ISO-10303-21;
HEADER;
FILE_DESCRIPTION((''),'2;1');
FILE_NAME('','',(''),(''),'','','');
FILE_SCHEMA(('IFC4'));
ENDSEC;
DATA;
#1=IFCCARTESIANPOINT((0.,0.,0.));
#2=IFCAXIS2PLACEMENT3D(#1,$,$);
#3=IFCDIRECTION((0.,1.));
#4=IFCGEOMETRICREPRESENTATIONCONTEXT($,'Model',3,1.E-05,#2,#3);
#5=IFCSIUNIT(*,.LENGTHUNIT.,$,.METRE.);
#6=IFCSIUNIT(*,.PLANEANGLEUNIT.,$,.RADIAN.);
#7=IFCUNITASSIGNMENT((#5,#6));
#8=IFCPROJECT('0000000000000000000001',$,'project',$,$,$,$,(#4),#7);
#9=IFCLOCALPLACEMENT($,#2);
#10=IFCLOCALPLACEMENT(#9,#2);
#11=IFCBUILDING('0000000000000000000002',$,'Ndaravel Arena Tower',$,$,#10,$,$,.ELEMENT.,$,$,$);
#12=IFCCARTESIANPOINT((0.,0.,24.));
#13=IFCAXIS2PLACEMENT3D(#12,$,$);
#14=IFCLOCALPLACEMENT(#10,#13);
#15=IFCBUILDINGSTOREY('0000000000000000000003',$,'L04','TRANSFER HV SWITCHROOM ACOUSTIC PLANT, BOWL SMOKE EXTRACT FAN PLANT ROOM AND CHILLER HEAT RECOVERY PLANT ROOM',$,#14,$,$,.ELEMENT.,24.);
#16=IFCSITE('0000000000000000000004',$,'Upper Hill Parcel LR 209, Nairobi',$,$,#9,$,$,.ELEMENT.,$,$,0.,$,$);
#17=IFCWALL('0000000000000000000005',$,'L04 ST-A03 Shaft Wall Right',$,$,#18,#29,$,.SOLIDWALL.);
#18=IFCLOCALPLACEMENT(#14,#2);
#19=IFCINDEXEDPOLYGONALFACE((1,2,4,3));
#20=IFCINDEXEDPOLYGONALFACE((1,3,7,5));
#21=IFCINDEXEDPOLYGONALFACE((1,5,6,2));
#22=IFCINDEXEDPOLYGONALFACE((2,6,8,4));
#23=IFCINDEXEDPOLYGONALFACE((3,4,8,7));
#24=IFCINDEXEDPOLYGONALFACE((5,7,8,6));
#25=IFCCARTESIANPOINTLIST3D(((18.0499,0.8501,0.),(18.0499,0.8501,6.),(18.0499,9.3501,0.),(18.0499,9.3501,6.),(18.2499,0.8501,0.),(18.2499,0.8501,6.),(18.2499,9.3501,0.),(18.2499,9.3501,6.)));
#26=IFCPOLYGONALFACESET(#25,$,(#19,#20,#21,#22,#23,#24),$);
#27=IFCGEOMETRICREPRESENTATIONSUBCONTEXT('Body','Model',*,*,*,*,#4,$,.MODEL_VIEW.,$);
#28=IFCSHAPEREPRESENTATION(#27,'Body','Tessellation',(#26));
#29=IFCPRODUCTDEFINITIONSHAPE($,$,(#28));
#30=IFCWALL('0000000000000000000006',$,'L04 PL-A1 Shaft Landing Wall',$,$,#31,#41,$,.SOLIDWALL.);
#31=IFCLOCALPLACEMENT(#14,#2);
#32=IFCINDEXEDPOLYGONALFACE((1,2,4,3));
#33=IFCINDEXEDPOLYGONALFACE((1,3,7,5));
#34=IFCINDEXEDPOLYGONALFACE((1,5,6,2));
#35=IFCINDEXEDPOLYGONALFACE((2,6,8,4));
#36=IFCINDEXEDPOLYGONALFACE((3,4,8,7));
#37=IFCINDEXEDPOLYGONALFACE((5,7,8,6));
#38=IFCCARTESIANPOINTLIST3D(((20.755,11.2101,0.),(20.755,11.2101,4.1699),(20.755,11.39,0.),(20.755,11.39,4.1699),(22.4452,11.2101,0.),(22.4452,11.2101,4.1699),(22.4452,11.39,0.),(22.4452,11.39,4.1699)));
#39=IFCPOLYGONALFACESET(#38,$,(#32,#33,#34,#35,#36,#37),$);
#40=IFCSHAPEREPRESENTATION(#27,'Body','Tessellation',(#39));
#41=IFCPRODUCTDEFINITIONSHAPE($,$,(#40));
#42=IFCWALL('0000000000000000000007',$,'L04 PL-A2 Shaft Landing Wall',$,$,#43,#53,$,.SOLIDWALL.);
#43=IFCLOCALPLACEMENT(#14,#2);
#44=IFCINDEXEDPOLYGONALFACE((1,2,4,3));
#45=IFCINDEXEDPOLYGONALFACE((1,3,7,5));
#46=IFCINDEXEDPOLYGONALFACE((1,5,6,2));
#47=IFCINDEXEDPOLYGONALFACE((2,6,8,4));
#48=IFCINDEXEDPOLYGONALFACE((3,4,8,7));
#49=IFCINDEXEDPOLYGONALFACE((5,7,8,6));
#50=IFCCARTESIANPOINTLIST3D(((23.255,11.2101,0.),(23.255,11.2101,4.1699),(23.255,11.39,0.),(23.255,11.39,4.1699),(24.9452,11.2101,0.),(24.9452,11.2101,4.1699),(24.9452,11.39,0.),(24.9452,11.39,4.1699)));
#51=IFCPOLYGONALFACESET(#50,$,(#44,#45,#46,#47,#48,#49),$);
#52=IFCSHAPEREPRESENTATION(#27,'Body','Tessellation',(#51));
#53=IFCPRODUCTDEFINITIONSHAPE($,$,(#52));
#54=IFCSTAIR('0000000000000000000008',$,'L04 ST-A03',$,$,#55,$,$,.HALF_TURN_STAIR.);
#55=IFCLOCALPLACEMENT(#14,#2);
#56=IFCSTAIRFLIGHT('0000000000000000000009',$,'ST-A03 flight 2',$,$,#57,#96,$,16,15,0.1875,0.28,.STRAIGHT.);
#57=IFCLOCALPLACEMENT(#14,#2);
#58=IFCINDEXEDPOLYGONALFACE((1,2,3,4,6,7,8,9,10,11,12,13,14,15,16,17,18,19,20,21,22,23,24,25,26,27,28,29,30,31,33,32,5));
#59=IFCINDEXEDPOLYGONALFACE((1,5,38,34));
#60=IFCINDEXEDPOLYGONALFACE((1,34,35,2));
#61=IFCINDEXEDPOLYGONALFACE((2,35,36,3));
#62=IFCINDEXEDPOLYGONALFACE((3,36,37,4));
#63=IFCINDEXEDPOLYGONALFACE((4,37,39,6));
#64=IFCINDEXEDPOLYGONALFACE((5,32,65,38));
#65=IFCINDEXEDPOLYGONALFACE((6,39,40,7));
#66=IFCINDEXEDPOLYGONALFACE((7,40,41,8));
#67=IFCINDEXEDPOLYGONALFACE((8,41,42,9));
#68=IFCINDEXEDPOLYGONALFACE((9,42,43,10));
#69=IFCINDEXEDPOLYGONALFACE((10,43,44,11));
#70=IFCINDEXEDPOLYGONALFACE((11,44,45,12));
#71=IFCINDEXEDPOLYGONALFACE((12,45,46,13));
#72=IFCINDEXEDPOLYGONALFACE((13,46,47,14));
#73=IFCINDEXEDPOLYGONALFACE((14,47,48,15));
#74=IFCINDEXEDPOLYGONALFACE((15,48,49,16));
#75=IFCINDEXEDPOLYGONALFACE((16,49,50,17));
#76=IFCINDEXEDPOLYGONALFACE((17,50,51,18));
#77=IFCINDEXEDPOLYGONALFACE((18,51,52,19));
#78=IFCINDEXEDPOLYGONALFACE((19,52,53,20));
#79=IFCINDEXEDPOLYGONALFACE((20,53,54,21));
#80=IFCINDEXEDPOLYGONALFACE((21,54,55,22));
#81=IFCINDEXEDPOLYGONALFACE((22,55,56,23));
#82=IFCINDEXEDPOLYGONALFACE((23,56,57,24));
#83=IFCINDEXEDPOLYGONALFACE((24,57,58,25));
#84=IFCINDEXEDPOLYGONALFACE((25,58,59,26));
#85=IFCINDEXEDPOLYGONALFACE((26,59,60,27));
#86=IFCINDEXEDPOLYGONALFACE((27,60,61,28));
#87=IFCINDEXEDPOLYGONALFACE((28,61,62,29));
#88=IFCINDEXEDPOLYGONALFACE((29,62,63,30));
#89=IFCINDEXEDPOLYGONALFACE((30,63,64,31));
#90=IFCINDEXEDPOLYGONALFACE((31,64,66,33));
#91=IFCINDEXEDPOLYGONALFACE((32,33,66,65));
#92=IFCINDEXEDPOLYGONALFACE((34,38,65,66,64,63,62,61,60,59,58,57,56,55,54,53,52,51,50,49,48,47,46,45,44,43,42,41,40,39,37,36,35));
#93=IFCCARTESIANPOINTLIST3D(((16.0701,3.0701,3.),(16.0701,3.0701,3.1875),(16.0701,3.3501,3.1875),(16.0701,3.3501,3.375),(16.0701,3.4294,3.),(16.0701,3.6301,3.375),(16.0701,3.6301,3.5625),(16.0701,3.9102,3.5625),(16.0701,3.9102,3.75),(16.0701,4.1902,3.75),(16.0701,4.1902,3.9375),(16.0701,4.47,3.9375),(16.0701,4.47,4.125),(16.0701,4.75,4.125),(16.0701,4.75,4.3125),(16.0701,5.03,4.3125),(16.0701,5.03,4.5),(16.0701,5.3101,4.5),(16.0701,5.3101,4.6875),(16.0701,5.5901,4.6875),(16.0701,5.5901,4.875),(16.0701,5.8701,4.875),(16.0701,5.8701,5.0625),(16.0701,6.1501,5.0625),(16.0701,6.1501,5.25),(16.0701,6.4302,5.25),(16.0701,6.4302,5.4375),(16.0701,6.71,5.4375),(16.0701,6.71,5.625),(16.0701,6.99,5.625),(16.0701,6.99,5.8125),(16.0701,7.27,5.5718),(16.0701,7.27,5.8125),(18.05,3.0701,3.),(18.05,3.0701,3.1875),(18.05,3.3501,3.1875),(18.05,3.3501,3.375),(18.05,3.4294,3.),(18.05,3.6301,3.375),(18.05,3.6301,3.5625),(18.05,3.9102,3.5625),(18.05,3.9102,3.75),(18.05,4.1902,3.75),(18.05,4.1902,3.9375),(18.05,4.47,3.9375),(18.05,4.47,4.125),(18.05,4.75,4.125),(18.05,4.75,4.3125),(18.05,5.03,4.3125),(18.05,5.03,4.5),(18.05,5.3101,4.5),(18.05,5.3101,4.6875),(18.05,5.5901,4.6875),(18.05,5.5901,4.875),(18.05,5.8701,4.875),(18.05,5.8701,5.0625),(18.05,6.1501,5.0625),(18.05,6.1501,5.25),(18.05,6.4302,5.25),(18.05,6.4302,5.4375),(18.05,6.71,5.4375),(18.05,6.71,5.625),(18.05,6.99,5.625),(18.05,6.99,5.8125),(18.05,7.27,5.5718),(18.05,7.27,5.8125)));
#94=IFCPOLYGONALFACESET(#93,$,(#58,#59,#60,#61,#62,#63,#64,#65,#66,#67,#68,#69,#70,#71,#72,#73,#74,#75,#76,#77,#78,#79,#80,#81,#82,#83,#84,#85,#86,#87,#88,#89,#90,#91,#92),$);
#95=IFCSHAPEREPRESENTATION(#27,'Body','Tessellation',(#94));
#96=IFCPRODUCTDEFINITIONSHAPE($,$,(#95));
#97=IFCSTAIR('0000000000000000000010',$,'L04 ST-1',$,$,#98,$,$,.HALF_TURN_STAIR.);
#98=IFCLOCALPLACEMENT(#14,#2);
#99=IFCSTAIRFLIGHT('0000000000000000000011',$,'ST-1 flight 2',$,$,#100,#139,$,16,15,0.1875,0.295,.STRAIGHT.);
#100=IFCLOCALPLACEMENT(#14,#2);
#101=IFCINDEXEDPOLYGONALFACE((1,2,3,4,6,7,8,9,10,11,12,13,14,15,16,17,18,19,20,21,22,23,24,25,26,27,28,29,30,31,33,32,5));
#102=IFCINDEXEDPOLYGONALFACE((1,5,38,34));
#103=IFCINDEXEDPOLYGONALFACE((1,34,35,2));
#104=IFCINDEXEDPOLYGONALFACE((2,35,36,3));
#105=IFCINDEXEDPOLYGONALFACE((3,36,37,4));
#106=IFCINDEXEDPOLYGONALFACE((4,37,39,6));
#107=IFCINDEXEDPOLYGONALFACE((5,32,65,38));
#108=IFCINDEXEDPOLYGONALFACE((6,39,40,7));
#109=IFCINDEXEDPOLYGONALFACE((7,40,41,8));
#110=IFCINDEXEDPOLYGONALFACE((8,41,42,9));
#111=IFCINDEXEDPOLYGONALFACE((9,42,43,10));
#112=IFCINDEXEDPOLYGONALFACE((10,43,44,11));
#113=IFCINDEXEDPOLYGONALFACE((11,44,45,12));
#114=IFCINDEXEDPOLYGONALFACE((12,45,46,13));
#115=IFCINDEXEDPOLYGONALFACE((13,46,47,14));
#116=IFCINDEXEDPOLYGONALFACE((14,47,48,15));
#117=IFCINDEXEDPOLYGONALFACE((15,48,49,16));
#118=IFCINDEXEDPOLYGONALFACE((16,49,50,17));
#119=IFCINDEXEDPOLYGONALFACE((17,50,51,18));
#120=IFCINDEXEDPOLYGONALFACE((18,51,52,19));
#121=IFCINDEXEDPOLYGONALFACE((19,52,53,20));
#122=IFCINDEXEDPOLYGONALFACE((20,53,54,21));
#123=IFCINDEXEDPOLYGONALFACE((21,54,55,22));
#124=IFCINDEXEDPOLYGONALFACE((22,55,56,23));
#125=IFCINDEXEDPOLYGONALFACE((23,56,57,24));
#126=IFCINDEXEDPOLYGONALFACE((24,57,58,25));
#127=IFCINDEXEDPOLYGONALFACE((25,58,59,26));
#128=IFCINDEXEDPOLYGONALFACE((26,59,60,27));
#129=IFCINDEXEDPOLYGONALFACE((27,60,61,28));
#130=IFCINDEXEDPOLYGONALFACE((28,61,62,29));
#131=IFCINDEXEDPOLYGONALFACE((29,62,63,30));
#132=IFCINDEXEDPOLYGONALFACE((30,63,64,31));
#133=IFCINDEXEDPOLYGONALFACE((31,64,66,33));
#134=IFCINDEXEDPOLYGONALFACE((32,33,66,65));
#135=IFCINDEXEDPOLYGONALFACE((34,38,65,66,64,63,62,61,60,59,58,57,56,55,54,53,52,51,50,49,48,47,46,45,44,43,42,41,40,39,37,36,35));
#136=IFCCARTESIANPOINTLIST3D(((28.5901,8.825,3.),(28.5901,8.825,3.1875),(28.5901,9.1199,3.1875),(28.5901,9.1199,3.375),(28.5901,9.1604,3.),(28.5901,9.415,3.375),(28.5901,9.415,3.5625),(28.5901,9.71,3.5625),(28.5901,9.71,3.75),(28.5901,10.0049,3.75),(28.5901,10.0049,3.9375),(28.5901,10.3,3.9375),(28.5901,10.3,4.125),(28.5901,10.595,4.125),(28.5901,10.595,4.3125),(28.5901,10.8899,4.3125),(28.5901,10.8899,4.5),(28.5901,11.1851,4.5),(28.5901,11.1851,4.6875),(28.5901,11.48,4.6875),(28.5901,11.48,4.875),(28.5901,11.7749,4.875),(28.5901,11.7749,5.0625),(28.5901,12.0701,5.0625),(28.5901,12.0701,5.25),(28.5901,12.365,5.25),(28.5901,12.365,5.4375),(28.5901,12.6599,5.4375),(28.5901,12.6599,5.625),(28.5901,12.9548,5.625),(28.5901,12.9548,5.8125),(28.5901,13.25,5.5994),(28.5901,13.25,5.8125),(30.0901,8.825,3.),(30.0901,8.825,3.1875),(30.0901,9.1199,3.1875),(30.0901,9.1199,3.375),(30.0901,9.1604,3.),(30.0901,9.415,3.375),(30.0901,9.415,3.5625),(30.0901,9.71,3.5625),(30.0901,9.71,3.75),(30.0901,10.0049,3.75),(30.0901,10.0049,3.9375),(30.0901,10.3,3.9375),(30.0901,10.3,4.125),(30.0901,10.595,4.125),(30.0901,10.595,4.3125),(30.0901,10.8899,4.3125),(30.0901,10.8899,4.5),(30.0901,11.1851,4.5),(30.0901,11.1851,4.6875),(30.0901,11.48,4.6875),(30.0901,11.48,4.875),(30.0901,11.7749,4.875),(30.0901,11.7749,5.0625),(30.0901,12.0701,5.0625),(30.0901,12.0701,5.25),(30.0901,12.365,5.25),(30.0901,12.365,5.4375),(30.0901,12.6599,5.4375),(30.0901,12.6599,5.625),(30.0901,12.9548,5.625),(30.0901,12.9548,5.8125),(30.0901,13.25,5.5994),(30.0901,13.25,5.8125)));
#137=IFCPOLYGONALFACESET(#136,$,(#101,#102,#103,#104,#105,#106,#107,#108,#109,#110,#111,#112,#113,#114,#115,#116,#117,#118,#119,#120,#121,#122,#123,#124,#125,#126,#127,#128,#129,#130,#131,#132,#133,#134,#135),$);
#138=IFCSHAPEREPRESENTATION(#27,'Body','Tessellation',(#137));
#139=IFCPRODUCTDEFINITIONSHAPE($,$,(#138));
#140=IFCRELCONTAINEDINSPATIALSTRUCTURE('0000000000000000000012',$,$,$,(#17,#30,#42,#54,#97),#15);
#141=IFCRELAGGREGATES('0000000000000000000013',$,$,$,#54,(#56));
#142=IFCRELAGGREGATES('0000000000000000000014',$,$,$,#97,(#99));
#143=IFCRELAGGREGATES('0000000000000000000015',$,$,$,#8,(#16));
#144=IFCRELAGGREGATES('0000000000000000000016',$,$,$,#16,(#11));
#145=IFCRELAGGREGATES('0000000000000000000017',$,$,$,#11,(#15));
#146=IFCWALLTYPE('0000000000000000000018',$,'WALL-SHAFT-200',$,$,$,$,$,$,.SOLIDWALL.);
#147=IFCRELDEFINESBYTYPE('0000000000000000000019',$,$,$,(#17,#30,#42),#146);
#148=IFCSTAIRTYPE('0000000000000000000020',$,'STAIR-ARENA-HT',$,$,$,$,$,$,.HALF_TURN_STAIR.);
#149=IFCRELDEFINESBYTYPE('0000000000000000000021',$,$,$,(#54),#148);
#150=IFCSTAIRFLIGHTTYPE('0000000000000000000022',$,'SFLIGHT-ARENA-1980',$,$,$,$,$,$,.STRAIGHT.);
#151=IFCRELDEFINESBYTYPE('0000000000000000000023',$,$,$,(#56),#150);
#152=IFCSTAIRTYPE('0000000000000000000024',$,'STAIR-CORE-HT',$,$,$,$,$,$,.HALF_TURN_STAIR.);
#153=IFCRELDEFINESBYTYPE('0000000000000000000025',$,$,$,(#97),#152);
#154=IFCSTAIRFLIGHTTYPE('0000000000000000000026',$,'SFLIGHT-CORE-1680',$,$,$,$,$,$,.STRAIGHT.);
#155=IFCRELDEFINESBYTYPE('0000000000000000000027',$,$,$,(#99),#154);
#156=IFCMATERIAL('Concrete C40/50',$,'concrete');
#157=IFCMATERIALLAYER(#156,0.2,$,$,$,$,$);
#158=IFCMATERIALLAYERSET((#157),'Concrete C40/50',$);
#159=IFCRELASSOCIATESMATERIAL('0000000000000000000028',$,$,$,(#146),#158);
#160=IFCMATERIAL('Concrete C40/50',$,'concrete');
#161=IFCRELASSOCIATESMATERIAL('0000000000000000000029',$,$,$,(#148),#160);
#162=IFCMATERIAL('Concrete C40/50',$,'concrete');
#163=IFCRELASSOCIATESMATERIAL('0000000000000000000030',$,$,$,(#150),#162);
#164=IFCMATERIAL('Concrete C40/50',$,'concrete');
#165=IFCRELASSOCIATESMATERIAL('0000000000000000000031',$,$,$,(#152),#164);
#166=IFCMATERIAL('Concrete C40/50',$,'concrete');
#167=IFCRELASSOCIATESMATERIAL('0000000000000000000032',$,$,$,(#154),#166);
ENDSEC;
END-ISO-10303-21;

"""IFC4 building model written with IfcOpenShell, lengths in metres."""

from ifc_helpers import new_model, si_unit, direction, frame, frame_2d, origin, place, context, subcontext, project, spatial, polyline, rectangle, outline, extrude, material, layer, layer_set, type_object, element, aggregate, save


model = new_model("IFC4")

# Units and contexts
model_context = context("Model", 3, precision=1e-05, world=origin(), true_north=direction((0.0, 1.0)))
body_context = subcontext(model_context, "Body", "Model", "MODEL_VIEW")
ifc_project = project(units=[si_unit("LENGTHUNIT", "METRE"), si_unit("PLANEANGLEUNIT", "RADIAN")], contexts=[model_context])

# Site, building, storey
site_placement = place(None, origin())
site = spatial("IfcSite", under=ifc_project, at=site_placement, Name="Upper Hill Parcel LR 209, Nairobi", CompositionType="ELEMENT", RefElevation=0.0)
building_placement = place(site_placement, origin())
building = spatial("IfcBuilding", under=site, at=building_placement, Name="Ndaravel Arena Tower", CompositionType="ELEMENT")
storey_placement = place(building_placement, frame((0.0, 0.0, 24.0)))
storey = spatial("IfcBuildingStorey", under=building, at=storey_placement, Name="L04", Description="TRANSFER HV SWITCHROOM ACOUSTIC PLANT, BOWL SMOKE EXTRACT FAN PLANT ROOM AND CHILLER HEAT RECOVERY PLANT ROOM", CompositionType="ELEMENT", Elevation=24.0)

# Walls
ifc_material_1 = material(Name="Concrete C40/50", Category="concrete")
ifc_layer_1 = layer(ifc_material_1, 0.2)
ifc_layer_set_1 = layer_set([ifc_layer_1], Name="Concrete C40/50")
wall_type_1 = type_object("IfcWallType", Name="WALL-SHAFT-200", PredefinedType="SOLIDWALL", material=ifc_layer_set_1)
wall_1_placement = place(storey_placement, frame((18.1499, 9.3501, 0.0), z_axis=(0.0, 0.0, 1.0), x_axis=(0.0, -1.0, 0.0)))
element("IfcWall", 1, at=wall_1_placement, inside=storey, type_object=wall_type_1, Name="L04 ST-A03 Shaft Wall Right", PredefinedType="SOLIDWALL", context=body_context, shape_type="SweptSolid", body=[
    extrude(rectangle(XDim=8.5, YDim=0.2, at=frame_2d((4.25, 0.0))), origin(), (0.0, 0.0, 1.0), 6.0),
])
for number, where, z_axis, x_axis, name in (
    (2, (20.7549, 11.3, 0.0), (0.0, 0.0, 1.0), (1.0, 0.0, 0.0), "L04 PL-A1 Shaft Landing Wall"),
    (3, (23.2549, 11.3, 0.0), (0.0, 0.0, 1.0), (1.0, 0.0, 0.0), "L04 PL-A2 Shaft Landing Wall"),
):
    element("IfcWall", number, at=place(storey_placement, frame(where, z_axis=z_axis, x_axis=x_axis)), inside=storey, type_object=wall_type_1, Name=name, PredefinedType="SOLIDWALL", context=body_context, shape_type="SweptSolid", body=[
        extrude(rectangle(XDim=1.6902, YDim=0.1799, at=frame_2d((0.8452, 0.0))), origin(), (0.0, 0.0, 1.0), 4.1699),
    ])

# Stairs, stair flights
ifc_material_2 = material(Name="Concrete C40/50", Category="concrete")
stair_type_1 = type_object("IfcStairType", Name="STAIR-ARENA-HT", PredefinedType="HALF_TURN_STAIR", material=ifc_material_2)
stair_1_placement = place(storey_placement, origin())
stair_1 = element("IfcStair", 4, at=stair_1_placement, inside=storey, type_object=stair_type_1, Name="L04 ST-A03", PredefinedType="HALF_TURN_STAIR")
ifc_material_3 = material(Name="Concrete C40/50", Category="concrete")
stair_flight_type_1 = type_object("IfcStairFlightType", Name="SFLIGHT-ARENA-1980", PredefinedType="STRAIGHT", material=ifc_material_3)
stair_flight_1_placement = place(storey_placement, frame((17.0601, 3.0701, 3.0), z_axis=(0.0, 0.0, 1.0), x_axis=(0.0, 1.0, 0.0)))
stair_flight_1 = element("IfcStairFlight", 5, at=stair_flight_1_placement, type_object=stair_flight_type_1, Name="ST-A03 flight 2", NumberOfRisers=16, NumberOfTreads=15, PredefinedType="STRAIGHT", RiserHeight=0.1875, TreadLength=0.28, context=body_context, shape_type="SweptSolid", body=[
    extrude(outline(polyline([(0.0, 0.0), (0.0, 0.1875), (0.28, 0.1875), (0.28, 0.375), (0.5601, 0.375), (0.5601, 0.5625), (0.8401, 0.5625), (0.8401, 0.75), (1.1201, 0.75), (1.1201, 0.9375), (1.3999, 0.9375), (1.3999, 1.125), (1.6799, 1.125), (1.6799, 1.3125), (1.96, 1.3125), (1.96, 1.5), (2.24, 1.5), (2.24, 1.6875), (2.52, 1.6875), (2.52, 1.875), (2.8, 1.875), (2.8, 2.0625), (3.0801, 2.0625), (3.0801, 2.25), (3.3601, 2.25), (3.3601, 2.4375), (3.6399, 2.4375), (3.6399, 2.625), (3.9199, 2.625), (3.9199, 2.8125), (4.2, 2.8125), (4.2, 3.0), (4.2, 2.5718), (0.3594, 0.0), (0.0, 0.0)])), frame((0.0, 0.99, 0.0), z_axis=(0.0, -1.0, 0.0), x_axis=(1.0, 0.0, 0.0)), (0.0, 0.0, 1.0), 1.98),
])
aggregate(stair_1, [stair_flight_1])
ifc_material_4 = material(Name="Concrete C40/50", Category="concrete")
stair_type_2 = type_object("IfcStairType", Name="STAIR-CORE-HT", PredefinedType="HALF_TURN_STAIR", material=ifc_material_4)
stair_2_placement = place(storey_placement, origin())
stair_2 = element("IfcStair", 6, at=stair_2_placement, inside=storey, type_object=stair_type_2, Name="L04 ST-1", PredefinedType="HALF_TURN_STAIR")
ifc_material_5 = material(Name="Concrete C40/50", Category="concrete")
stair_flight_type_2 = type_object("IfcStairFlightType", Name="SFLIGHT-CORE-1680", PredefinedType="STRAIGHT", material=ifc_material_5)
stair_flight_2_placement = place(storey_placement, frame((29.3401, 8.825, 3.0), z_axis=(0.0, 0.0, 1.0), x_axis=(0.0, 1.0, 0.0)))
stair_flight_2 = element("IfcStairFlight", 7, at=stair_flight_2_placement, type_object=stair_flight_type_2, Name="ST-1 flight 2", NumberOfRisers=16, NumberOfTreads=15, PredefinedType="STRAIGHT", RiserHeight=0.1875, TreadLength=0.295, context=body_context, shape_type="SweptSolid", body=[
    extrude(outline(polyline([(0.0, 0.0), (0.0, 0.1875), (0.2949, 0.1875), (0.2949, 0.375), (0.5901, 0.375), (0.5901, 0.5625), (0.885, 0.5625), (0.885, 0.75), (1.1799, 0.75), (1.1799, 0.9375), (1.4751, 0.9375), (1.4751, 1.125), (1.77, 1.125), (1.77, 1.3125), (2.0649, 1.3125), (2.0649, 1.5), (2.3601, 1.5), (2.3601, 1.6875), (2.655, 1.6875), (2.655, 1.875), (2.95, 1.875), (2.95, 2.0625), (3.2451, 2.0625), (3.2451, 2.25), (3.54, 2.25), (3.54, 2.4375), (3.835, 2.4375), (3.835, 2.625), (4.1299, 2.625), (4.1299, 2.8125), (4.425, 2.8125), (4.425, 3.0), (4.425, 2.5994), (0.3354, 0.0), (0.0, 0.0)])), frame((0.0, 0.75, 0.0), z_axis=(0.0, -1.0, 0.0), x_axis=(1.0, 0.0, 0.0)), (0.0, 0.0, 1.0), 1.5),
])
aggregate(stair_2, [stair_flight_2])

save(model, "model.ifc")
